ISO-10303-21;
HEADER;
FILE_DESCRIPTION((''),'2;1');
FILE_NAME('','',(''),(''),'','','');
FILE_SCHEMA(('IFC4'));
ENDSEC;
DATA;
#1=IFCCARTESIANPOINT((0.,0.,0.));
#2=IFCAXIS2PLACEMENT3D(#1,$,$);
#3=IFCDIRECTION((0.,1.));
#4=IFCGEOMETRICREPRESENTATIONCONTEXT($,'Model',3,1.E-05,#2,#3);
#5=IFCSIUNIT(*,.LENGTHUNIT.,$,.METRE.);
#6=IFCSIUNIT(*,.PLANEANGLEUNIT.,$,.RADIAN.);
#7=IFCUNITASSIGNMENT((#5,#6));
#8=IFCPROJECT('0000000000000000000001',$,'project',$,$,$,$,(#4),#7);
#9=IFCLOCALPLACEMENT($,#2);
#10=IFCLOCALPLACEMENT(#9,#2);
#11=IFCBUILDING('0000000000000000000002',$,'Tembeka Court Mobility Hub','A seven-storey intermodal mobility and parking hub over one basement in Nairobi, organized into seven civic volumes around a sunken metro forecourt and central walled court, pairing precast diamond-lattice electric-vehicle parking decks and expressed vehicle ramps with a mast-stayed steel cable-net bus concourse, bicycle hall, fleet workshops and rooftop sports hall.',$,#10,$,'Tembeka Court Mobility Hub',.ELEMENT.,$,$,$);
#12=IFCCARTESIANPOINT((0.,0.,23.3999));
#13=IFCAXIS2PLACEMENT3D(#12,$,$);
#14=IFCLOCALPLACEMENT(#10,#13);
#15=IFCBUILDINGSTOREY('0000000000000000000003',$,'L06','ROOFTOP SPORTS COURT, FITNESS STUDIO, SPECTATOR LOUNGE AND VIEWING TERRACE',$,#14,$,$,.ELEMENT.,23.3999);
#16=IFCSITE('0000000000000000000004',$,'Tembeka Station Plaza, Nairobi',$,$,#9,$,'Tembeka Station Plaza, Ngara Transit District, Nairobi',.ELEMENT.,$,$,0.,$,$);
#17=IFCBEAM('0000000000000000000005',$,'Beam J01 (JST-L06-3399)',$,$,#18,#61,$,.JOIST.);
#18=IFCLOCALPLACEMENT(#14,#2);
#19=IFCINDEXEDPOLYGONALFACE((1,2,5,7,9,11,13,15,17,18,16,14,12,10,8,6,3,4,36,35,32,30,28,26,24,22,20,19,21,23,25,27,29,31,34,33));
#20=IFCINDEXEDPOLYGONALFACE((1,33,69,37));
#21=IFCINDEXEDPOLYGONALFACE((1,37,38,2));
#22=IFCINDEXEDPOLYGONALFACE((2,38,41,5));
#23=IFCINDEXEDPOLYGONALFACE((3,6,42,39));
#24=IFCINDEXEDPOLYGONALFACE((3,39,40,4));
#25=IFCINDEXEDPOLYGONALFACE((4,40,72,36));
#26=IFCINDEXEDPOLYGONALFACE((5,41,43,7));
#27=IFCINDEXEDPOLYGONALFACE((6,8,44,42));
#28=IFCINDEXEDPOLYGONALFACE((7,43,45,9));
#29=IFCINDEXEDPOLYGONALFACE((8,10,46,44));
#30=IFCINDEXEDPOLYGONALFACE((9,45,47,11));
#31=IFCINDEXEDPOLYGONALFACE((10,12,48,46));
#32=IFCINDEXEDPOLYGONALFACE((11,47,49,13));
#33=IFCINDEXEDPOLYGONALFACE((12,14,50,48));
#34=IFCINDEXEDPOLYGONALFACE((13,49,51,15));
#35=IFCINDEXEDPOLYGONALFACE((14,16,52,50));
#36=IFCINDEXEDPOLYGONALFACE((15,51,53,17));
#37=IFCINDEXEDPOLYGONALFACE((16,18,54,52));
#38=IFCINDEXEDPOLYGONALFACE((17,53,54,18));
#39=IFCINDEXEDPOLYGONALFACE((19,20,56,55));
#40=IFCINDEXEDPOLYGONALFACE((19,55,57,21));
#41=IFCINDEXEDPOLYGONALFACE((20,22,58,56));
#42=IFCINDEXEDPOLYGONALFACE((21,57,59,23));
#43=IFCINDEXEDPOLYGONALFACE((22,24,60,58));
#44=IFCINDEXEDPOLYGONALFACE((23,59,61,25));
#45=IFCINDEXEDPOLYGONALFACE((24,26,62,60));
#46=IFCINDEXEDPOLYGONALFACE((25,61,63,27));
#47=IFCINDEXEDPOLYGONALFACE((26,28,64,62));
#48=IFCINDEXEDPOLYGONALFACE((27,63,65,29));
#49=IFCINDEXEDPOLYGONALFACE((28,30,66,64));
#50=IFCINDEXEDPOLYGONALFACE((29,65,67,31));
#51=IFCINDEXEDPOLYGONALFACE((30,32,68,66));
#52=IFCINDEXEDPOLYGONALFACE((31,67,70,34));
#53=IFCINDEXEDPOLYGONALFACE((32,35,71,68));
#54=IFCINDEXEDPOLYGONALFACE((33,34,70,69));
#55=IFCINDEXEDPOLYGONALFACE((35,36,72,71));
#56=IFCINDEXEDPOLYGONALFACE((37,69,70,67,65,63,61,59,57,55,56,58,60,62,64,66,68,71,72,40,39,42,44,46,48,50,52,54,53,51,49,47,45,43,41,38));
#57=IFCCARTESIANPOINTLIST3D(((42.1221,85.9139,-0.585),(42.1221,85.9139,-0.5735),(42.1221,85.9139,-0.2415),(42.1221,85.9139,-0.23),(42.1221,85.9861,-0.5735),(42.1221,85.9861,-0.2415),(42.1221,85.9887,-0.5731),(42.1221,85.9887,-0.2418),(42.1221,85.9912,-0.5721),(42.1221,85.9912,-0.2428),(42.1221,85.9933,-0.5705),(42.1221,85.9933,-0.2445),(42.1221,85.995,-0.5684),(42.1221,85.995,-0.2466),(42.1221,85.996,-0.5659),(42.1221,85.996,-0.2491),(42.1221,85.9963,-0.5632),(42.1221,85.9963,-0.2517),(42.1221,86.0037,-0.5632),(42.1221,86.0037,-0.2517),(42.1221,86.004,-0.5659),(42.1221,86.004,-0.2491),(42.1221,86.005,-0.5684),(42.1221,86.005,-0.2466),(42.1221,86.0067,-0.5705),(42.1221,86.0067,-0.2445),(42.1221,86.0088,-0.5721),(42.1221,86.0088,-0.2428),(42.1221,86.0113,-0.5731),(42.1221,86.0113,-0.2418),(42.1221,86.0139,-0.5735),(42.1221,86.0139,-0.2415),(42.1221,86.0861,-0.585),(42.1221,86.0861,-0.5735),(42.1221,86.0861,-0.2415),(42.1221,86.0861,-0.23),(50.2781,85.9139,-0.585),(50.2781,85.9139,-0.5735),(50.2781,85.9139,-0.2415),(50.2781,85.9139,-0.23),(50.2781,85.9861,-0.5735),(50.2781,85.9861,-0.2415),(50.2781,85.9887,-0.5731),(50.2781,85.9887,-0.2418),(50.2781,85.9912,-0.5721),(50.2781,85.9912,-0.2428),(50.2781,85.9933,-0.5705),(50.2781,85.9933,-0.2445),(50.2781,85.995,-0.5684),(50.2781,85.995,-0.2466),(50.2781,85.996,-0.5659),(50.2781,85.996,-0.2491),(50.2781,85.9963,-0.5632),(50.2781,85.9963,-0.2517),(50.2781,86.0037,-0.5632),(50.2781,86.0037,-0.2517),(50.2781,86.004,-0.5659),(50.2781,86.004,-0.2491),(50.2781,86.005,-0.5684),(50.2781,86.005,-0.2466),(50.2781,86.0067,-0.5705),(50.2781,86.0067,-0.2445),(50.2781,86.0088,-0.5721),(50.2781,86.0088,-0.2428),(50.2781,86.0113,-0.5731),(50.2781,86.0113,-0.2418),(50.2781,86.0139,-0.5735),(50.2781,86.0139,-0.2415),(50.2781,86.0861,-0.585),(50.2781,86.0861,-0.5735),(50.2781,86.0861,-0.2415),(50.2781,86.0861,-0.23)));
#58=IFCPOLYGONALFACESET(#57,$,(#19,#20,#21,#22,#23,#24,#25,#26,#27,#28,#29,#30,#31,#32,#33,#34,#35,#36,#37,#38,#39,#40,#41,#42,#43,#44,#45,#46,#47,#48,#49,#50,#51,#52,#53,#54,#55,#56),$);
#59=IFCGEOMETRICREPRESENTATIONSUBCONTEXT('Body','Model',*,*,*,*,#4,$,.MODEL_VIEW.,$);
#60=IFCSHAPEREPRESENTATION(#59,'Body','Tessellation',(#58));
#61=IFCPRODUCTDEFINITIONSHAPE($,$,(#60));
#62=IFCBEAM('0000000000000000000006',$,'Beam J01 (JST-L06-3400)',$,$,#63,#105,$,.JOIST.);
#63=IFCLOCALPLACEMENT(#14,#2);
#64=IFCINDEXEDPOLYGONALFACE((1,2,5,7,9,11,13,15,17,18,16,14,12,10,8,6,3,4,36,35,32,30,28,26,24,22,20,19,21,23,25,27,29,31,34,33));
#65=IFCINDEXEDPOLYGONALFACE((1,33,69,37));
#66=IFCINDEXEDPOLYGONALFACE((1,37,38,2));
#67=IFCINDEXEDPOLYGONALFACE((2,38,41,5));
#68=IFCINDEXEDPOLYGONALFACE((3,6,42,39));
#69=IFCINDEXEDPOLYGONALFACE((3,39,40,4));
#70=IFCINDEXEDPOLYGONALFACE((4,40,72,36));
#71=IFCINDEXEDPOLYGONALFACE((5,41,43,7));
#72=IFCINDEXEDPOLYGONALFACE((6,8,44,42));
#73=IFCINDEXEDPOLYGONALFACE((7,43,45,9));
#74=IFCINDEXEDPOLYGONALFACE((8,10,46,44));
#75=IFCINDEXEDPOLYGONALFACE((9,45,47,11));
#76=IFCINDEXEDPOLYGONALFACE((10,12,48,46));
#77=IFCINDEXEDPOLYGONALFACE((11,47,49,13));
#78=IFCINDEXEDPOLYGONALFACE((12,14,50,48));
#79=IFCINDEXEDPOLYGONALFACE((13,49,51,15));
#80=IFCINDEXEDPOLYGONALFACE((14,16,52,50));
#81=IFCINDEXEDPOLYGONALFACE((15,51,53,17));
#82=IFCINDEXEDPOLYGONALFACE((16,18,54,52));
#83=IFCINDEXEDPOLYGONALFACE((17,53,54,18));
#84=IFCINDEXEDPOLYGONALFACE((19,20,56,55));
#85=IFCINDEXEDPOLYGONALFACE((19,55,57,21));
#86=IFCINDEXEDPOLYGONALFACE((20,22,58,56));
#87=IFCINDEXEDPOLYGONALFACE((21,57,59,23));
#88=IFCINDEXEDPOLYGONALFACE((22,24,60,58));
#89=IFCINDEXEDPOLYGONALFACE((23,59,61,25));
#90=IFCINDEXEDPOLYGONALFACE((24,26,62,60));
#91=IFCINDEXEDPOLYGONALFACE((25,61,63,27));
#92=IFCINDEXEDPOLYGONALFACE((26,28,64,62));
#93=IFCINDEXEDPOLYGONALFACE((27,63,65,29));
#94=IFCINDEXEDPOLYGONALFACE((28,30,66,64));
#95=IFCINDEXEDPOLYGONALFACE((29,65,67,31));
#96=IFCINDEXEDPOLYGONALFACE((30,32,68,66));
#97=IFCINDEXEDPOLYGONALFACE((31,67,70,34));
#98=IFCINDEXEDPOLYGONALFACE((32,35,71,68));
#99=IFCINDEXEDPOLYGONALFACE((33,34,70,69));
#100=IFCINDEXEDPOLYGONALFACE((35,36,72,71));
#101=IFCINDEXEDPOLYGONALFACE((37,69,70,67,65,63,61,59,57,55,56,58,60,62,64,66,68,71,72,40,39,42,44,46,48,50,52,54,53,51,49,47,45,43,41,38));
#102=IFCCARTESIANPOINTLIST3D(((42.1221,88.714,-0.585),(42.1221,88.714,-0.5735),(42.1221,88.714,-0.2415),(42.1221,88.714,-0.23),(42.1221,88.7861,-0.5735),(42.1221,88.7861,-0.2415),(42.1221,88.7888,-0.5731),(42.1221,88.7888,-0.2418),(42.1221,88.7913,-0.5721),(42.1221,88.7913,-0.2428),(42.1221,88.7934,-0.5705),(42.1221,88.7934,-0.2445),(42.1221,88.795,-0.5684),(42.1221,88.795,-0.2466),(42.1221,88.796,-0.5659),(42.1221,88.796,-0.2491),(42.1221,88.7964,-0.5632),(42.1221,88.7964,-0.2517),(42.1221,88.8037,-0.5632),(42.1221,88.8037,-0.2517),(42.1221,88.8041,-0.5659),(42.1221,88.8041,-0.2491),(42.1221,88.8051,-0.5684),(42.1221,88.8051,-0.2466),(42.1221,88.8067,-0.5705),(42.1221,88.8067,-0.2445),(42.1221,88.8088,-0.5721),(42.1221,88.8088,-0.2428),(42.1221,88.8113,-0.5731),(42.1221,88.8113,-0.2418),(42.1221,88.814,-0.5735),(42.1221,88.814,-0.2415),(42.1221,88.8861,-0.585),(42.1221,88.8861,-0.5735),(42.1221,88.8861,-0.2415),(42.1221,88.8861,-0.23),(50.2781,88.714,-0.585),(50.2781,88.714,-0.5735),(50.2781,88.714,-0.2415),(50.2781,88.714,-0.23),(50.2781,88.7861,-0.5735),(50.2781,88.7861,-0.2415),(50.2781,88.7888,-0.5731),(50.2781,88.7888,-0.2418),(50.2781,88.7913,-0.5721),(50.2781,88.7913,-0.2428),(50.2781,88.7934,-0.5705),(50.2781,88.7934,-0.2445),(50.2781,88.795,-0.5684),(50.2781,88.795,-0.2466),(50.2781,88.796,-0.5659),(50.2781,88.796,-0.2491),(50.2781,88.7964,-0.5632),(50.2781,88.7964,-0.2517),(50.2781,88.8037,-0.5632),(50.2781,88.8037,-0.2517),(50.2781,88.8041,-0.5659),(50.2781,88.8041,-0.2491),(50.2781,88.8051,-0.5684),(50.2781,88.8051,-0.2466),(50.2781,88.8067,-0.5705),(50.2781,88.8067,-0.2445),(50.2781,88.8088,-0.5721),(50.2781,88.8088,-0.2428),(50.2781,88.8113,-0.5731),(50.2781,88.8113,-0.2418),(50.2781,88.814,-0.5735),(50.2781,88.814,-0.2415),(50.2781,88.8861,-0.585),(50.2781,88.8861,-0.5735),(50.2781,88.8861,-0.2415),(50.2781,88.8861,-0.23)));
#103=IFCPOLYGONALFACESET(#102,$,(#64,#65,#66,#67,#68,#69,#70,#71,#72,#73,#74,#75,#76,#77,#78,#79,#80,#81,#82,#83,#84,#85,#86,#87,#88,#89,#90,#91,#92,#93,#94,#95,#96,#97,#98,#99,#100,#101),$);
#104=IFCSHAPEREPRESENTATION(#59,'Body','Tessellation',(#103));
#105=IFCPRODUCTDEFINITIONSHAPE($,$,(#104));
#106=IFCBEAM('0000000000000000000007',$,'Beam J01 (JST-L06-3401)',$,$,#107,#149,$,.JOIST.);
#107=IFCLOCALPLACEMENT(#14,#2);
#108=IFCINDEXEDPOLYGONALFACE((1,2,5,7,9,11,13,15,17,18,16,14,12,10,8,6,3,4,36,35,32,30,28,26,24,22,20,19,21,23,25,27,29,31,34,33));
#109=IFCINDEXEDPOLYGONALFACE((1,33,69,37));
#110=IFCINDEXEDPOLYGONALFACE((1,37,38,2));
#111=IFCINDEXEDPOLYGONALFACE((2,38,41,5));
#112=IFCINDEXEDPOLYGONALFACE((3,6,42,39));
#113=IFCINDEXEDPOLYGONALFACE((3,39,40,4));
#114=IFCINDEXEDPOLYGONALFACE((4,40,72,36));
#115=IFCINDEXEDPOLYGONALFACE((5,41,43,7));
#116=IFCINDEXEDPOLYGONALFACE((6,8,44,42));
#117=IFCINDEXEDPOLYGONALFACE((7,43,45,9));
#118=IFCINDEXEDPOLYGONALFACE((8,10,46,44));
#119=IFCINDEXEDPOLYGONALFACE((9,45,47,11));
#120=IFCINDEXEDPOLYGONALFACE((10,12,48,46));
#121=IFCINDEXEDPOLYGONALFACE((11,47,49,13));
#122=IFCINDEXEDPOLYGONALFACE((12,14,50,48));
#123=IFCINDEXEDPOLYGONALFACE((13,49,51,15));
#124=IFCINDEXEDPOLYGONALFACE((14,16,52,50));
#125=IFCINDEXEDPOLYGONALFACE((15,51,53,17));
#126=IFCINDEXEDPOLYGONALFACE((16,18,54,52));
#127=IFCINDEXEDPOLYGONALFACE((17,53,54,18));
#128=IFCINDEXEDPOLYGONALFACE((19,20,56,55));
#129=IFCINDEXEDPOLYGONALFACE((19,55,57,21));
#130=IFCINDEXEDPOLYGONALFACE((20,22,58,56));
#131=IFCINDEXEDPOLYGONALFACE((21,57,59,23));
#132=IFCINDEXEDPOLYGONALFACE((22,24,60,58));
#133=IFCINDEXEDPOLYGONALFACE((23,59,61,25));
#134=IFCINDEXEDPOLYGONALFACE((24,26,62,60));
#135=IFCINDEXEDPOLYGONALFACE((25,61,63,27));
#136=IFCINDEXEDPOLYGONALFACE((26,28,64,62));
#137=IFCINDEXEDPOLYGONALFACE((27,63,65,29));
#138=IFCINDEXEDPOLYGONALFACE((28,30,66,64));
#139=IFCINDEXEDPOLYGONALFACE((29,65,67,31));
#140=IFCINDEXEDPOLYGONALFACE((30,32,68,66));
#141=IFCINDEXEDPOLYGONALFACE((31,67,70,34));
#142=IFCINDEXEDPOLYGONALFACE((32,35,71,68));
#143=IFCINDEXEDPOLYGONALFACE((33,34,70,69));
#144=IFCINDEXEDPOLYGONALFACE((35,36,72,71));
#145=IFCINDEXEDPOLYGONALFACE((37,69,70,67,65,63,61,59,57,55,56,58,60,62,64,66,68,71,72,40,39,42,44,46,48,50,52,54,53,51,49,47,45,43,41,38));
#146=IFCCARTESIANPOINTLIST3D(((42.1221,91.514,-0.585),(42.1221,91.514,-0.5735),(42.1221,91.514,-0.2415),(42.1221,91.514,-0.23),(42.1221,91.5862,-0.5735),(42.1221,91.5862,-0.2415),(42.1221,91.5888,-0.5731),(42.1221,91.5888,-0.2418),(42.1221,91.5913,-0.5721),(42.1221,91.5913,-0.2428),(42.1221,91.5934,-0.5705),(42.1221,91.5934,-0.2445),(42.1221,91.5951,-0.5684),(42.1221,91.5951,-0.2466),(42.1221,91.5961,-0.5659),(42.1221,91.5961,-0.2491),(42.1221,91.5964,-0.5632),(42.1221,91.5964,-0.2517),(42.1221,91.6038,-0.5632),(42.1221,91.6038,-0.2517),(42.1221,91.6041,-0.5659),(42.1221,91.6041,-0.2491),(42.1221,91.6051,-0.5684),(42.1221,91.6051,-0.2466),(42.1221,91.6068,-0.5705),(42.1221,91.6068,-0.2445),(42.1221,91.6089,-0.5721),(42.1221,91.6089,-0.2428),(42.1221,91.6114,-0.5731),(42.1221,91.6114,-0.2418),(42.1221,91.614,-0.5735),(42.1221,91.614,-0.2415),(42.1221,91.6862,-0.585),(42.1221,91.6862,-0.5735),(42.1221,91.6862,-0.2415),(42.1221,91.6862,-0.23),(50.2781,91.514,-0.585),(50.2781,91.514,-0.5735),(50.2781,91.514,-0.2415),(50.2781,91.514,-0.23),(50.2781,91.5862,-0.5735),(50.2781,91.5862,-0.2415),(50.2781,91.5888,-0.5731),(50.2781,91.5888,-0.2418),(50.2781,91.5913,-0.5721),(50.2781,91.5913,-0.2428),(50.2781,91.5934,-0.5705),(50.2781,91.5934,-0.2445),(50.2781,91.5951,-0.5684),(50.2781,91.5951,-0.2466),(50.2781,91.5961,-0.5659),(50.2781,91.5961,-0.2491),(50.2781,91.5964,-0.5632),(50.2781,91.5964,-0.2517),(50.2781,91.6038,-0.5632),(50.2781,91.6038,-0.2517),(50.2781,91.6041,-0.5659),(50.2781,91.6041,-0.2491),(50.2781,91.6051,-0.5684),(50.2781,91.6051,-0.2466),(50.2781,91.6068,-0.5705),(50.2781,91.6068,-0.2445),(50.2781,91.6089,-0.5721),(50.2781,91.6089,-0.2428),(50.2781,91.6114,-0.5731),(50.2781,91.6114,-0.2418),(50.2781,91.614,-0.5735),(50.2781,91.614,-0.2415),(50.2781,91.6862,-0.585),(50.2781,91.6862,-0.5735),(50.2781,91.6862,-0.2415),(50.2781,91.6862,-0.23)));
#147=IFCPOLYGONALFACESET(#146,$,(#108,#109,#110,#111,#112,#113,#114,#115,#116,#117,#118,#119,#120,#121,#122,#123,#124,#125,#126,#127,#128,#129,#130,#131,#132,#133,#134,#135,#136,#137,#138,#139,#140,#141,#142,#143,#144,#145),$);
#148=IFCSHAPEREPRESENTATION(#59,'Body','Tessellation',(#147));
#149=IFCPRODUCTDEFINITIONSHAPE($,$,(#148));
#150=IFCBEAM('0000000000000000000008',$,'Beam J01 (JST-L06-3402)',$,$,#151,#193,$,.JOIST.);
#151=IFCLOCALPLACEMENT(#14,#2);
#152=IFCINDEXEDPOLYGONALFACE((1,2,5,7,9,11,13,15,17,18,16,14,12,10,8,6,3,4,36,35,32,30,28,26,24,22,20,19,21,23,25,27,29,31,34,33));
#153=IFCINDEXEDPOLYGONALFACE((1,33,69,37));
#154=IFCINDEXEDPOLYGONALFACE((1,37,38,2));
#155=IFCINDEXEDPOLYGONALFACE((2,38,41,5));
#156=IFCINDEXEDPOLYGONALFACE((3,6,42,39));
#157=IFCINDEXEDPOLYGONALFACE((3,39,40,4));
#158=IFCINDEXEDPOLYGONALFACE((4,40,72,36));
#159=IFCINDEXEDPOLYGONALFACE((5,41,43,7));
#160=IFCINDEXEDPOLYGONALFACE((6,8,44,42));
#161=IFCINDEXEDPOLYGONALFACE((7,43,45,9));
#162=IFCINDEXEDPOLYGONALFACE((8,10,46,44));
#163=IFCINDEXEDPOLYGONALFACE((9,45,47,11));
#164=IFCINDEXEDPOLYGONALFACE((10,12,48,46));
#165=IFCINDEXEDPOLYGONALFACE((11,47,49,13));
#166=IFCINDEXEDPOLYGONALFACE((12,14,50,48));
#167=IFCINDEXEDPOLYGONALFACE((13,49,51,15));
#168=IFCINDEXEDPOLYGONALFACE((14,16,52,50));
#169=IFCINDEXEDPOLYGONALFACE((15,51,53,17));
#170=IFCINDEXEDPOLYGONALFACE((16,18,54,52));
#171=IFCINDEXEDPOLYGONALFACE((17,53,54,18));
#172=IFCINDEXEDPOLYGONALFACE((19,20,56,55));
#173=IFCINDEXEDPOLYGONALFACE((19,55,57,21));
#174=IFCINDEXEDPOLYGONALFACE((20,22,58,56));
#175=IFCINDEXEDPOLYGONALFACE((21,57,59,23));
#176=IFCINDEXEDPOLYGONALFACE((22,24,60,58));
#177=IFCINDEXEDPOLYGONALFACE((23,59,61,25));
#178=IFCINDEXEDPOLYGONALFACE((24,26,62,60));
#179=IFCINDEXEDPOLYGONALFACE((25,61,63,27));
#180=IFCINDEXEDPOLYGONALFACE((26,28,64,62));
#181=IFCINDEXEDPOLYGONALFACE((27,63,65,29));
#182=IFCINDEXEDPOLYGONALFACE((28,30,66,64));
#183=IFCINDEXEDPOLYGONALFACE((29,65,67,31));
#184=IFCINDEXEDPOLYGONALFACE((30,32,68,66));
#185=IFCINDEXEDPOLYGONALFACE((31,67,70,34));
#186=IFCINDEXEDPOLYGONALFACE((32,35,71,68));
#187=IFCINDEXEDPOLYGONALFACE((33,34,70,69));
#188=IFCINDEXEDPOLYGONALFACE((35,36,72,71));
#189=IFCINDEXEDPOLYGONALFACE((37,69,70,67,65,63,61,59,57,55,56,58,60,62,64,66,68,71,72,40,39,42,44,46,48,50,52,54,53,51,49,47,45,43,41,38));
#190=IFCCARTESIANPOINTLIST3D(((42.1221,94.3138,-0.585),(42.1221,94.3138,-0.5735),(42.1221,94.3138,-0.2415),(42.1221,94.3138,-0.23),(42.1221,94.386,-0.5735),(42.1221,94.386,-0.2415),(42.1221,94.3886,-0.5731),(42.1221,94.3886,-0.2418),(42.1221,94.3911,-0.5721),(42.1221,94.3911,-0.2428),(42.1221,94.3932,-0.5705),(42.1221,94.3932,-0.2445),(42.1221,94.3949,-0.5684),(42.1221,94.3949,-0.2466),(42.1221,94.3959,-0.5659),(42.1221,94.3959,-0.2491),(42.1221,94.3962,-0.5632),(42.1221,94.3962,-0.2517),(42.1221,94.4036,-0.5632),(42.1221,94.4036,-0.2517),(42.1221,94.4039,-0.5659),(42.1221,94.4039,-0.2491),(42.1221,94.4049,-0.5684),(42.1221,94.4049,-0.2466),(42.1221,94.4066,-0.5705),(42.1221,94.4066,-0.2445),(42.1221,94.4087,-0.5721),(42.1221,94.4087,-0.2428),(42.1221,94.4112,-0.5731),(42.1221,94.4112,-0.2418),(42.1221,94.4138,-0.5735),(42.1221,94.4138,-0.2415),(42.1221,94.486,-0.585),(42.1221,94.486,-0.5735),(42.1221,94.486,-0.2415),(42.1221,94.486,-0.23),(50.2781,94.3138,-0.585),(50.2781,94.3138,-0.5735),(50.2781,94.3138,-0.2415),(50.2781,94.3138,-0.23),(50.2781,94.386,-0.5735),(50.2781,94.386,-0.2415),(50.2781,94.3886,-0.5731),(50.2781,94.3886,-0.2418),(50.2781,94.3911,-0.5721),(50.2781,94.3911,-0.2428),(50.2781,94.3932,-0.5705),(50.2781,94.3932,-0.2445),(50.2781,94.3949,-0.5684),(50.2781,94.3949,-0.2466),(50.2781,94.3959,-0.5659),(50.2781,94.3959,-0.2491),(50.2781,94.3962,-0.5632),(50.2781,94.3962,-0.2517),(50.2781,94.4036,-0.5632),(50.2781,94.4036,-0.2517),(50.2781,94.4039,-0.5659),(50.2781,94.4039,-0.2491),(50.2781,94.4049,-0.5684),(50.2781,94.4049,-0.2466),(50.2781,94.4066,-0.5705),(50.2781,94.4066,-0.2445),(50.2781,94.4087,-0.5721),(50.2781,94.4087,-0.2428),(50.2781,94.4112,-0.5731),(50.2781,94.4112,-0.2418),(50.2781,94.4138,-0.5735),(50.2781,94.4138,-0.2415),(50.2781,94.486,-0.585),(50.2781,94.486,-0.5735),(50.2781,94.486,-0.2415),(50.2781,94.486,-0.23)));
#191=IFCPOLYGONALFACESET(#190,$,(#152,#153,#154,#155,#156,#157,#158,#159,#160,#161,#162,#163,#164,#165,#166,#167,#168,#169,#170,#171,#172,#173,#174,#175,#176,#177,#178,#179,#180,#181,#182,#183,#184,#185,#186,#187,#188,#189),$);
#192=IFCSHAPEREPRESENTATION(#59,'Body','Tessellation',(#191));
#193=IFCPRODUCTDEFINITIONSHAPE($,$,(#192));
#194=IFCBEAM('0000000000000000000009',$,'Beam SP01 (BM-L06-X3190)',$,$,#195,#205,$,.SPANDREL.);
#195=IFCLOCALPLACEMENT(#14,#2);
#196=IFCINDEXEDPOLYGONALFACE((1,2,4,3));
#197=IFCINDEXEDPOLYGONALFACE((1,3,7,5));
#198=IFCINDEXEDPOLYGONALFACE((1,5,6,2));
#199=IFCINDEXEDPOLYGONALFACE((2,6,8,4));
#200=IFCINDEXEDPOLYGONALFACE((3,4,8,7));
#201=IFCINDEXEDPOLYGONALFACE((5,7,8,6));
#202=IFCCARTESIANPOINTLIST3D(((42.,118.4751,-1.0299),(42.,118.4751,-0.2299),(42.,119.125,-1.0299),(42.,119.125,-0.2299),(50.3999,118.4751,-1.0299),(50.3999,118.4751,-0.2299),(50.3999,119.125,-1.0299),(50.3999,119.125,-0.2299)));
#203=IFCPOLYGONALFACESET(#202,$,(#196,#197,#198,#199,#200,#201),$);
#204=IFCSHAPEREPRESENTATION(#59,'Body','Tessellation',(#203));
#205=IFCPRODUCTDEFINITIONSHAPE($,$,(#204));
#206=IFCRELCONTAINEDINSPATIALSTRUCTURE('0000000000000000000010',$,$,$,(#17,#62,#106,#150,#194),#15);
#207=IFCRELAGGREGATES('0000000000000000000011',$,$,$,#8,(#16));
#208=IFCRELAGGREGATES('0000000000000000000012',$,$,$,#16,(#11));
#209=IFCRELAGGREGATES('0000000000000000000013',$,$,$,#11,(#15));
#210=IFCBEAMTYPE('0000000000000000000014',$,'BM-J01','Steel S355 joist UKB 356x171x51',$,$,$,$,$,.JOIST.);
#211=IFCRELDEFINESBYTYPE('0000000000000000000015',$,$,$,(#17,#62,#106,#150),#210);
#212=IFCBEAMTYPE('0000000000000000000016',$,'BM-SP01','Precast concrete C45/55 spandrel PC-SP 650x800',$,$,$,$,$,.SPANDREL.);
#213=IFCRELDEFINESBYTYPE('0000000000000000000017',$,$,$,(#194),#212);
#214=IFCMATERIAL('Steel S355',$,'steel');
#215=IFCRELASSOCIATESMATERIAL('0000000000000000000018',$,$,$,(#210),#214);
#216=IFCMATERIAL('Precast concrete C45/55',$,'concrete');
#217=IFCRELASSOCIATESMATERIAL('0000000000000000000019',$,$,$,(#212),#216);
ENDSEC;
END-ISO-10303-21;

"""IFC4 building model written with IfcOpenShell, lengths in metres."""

from ifc_helpers import new_model, si_unit, direction, frame, origin, origin_2d, place, context, subcontext, project, spatial, rectangle, i_section, extrude, material, material_profile, profile_set, type_object, element, save


model = new_model("IFC4")

# Units and contexts
model_context = context("Model", 3, precision=1e-05, world=origin(), true_north=direction((0.0, 1.0)))
body_context = subcontext(model_context, "Body", "Model", "MODEL_VIEW")
ifc_project = project(units=[si_unit("LENGTHUNIT", "METRE"), si_unit("PLANEANGLEUNIT", "RADIAN")], contexts=[model_context])

# Site, building, storey
site_placement = place(None, origin())
site = spatial("IfcSite", under=ifc_project, at=site_placement, Name="Tembeka Station Plaza, Nairobi", LongName="Tembeka Station Plaza, Ngara Transit District, Nairobi", CompositionType="ELEMENT", RefElevation=0.0)
building_placement = place(site_placement, origin())
building = spatial("IfcBuilding", under=site, at=building_placement, Name="Tembeka Court Mobility Hub", Description="A seven-storey intermodal mobility and parking hub over one basement in Nairobi, organized into seven civic volumes around a sunken metro forecourt and central walled court, pairing precast diamond-lattice electric-vehicle parking decks and expressed vehicle ramps with a mast-stayed steel cable-net bus concourse, bicycle hall, fleet workshops and rooftop sports hall.", LongName="Tembeka Court Mobility Hub", CompositionType="ELEMENT")
storey_placement = place(building_placement, frame((0.0, 0.0, 23.3999)))
storey = spatial("IfcBuildingStorey", under=building, at=storey_placement, Name="L06", Description="ROOFTOP SPORTS COURT, FITNESS STUDIO, SPECTATOR LOUNGE AND VIEWING TERRACE", CompositionType="ELEMENT", Elevation=23.3999)

# Beams
ifc_material_1 = material(Name="Steel S355", Category="steel")
ifc_material_profile_1 = material_profile(ifc_material_1, i_section(OverallWidth=0.1721, OverallDepth=0.355, WebThickness=0.0073, FlangeThickness=0.0115, FilletRadius=0.0103, at=origin_2d()), Name="UKB 356x171x51")
ifc_profile_set_1 = profile_set([ifc_material_profile_1], Name="Steel S355")
beam_type_1 = type_object("IfcBeamType", Name="BM-J01", Description="Steel S355 joist UKB 356x171x51", PredefinedType="JOIST", material=ifc_profile_set_1)
for number, where, z_axis, x_axis, name in (
    (1, (42.1221, 86.0, -0.4075), (1.0, 0.0, 0.0), (0.0, 1.0, 0.0), "Beam J01 (JST-L06-3399)"),
    (2, (42.1221, 88.8, -0.4075), (1.0, 0.0, 0.0), (0.0, 1.0, 0.0), "Beam J01 (JST-L06-3400)"),
    (3, (42.1221, 91.6001, -0.4075), (1.0, 0.0, 0.0), (0.0, 1.0, 0.0), "Beam J01 (JST-L06-3401)"),
    (4, (42.1221, 94.3999, -0.4075), (1.0, 0.0, 0.0), (0.0, 1.0, 0.0), "Beam J01 (JST-L06-3402)"),
):
    element("IfcBeam", number, at=place(storey_placement, frame(where, z_axis=z_axis, x_axis=x_axis)), inside=storey, type_object=beam_type_1, Name=name, PredefinedType="JOIST", context=body_context, shape_type="SweptSolid", body=[
        extrude(i_section(OverallWidth=0.1721, OverallDepth=0.355, WebThickness=0.0073, FlangeThickness=0.0115, FilletRadius=0.0103, at=origin_2d()), origin(), (0.0, 0.0, 1.0), 8.156),
    ])
ifc_material_2 = material(Name="Precast concrete C45/55", Category="concrete")
ifc_material_profile_2 = material_profile(ifc_material_2, rectangle(XDim=0.6499, YDim=0.8, at=origin_2d()), Name="PC-SP 650x800")
ifc_profile_set_2 = profile_set([ifc_material_profile_2], Name="Precast concrete C45/55")
beam_type_2 = type_object("IfcBeamType", Name="BM-SP01", Description="Precast concrete C45/55 spandrel PC-SP 650x800", PredefinedType="SPANDREL", material=ifc_profile_set_2)
beam_1_placement = place(storey_placement, frame((42.0, 118.8, -0.6299), z_axis=(1.0, 0.0, 0.0), x_axis=(0.0, 1.0, 0.0)))
element("IfcBeam", 5, at=beam_1_placement, inside=storey, type_object=beam_type_2, Name="Beam SP01 (BM-L06-X3190)", PredefinedType="SPANDREL", context=body_context, shape_type="SweptSolid", body=[
    extrude(rectangle(XDim=0.6499, YDim=0.8, at=origin_2d()), origin(), (0.0, 0.0, 1.0), 8.3999),
])

save(model, "model.ifc")
